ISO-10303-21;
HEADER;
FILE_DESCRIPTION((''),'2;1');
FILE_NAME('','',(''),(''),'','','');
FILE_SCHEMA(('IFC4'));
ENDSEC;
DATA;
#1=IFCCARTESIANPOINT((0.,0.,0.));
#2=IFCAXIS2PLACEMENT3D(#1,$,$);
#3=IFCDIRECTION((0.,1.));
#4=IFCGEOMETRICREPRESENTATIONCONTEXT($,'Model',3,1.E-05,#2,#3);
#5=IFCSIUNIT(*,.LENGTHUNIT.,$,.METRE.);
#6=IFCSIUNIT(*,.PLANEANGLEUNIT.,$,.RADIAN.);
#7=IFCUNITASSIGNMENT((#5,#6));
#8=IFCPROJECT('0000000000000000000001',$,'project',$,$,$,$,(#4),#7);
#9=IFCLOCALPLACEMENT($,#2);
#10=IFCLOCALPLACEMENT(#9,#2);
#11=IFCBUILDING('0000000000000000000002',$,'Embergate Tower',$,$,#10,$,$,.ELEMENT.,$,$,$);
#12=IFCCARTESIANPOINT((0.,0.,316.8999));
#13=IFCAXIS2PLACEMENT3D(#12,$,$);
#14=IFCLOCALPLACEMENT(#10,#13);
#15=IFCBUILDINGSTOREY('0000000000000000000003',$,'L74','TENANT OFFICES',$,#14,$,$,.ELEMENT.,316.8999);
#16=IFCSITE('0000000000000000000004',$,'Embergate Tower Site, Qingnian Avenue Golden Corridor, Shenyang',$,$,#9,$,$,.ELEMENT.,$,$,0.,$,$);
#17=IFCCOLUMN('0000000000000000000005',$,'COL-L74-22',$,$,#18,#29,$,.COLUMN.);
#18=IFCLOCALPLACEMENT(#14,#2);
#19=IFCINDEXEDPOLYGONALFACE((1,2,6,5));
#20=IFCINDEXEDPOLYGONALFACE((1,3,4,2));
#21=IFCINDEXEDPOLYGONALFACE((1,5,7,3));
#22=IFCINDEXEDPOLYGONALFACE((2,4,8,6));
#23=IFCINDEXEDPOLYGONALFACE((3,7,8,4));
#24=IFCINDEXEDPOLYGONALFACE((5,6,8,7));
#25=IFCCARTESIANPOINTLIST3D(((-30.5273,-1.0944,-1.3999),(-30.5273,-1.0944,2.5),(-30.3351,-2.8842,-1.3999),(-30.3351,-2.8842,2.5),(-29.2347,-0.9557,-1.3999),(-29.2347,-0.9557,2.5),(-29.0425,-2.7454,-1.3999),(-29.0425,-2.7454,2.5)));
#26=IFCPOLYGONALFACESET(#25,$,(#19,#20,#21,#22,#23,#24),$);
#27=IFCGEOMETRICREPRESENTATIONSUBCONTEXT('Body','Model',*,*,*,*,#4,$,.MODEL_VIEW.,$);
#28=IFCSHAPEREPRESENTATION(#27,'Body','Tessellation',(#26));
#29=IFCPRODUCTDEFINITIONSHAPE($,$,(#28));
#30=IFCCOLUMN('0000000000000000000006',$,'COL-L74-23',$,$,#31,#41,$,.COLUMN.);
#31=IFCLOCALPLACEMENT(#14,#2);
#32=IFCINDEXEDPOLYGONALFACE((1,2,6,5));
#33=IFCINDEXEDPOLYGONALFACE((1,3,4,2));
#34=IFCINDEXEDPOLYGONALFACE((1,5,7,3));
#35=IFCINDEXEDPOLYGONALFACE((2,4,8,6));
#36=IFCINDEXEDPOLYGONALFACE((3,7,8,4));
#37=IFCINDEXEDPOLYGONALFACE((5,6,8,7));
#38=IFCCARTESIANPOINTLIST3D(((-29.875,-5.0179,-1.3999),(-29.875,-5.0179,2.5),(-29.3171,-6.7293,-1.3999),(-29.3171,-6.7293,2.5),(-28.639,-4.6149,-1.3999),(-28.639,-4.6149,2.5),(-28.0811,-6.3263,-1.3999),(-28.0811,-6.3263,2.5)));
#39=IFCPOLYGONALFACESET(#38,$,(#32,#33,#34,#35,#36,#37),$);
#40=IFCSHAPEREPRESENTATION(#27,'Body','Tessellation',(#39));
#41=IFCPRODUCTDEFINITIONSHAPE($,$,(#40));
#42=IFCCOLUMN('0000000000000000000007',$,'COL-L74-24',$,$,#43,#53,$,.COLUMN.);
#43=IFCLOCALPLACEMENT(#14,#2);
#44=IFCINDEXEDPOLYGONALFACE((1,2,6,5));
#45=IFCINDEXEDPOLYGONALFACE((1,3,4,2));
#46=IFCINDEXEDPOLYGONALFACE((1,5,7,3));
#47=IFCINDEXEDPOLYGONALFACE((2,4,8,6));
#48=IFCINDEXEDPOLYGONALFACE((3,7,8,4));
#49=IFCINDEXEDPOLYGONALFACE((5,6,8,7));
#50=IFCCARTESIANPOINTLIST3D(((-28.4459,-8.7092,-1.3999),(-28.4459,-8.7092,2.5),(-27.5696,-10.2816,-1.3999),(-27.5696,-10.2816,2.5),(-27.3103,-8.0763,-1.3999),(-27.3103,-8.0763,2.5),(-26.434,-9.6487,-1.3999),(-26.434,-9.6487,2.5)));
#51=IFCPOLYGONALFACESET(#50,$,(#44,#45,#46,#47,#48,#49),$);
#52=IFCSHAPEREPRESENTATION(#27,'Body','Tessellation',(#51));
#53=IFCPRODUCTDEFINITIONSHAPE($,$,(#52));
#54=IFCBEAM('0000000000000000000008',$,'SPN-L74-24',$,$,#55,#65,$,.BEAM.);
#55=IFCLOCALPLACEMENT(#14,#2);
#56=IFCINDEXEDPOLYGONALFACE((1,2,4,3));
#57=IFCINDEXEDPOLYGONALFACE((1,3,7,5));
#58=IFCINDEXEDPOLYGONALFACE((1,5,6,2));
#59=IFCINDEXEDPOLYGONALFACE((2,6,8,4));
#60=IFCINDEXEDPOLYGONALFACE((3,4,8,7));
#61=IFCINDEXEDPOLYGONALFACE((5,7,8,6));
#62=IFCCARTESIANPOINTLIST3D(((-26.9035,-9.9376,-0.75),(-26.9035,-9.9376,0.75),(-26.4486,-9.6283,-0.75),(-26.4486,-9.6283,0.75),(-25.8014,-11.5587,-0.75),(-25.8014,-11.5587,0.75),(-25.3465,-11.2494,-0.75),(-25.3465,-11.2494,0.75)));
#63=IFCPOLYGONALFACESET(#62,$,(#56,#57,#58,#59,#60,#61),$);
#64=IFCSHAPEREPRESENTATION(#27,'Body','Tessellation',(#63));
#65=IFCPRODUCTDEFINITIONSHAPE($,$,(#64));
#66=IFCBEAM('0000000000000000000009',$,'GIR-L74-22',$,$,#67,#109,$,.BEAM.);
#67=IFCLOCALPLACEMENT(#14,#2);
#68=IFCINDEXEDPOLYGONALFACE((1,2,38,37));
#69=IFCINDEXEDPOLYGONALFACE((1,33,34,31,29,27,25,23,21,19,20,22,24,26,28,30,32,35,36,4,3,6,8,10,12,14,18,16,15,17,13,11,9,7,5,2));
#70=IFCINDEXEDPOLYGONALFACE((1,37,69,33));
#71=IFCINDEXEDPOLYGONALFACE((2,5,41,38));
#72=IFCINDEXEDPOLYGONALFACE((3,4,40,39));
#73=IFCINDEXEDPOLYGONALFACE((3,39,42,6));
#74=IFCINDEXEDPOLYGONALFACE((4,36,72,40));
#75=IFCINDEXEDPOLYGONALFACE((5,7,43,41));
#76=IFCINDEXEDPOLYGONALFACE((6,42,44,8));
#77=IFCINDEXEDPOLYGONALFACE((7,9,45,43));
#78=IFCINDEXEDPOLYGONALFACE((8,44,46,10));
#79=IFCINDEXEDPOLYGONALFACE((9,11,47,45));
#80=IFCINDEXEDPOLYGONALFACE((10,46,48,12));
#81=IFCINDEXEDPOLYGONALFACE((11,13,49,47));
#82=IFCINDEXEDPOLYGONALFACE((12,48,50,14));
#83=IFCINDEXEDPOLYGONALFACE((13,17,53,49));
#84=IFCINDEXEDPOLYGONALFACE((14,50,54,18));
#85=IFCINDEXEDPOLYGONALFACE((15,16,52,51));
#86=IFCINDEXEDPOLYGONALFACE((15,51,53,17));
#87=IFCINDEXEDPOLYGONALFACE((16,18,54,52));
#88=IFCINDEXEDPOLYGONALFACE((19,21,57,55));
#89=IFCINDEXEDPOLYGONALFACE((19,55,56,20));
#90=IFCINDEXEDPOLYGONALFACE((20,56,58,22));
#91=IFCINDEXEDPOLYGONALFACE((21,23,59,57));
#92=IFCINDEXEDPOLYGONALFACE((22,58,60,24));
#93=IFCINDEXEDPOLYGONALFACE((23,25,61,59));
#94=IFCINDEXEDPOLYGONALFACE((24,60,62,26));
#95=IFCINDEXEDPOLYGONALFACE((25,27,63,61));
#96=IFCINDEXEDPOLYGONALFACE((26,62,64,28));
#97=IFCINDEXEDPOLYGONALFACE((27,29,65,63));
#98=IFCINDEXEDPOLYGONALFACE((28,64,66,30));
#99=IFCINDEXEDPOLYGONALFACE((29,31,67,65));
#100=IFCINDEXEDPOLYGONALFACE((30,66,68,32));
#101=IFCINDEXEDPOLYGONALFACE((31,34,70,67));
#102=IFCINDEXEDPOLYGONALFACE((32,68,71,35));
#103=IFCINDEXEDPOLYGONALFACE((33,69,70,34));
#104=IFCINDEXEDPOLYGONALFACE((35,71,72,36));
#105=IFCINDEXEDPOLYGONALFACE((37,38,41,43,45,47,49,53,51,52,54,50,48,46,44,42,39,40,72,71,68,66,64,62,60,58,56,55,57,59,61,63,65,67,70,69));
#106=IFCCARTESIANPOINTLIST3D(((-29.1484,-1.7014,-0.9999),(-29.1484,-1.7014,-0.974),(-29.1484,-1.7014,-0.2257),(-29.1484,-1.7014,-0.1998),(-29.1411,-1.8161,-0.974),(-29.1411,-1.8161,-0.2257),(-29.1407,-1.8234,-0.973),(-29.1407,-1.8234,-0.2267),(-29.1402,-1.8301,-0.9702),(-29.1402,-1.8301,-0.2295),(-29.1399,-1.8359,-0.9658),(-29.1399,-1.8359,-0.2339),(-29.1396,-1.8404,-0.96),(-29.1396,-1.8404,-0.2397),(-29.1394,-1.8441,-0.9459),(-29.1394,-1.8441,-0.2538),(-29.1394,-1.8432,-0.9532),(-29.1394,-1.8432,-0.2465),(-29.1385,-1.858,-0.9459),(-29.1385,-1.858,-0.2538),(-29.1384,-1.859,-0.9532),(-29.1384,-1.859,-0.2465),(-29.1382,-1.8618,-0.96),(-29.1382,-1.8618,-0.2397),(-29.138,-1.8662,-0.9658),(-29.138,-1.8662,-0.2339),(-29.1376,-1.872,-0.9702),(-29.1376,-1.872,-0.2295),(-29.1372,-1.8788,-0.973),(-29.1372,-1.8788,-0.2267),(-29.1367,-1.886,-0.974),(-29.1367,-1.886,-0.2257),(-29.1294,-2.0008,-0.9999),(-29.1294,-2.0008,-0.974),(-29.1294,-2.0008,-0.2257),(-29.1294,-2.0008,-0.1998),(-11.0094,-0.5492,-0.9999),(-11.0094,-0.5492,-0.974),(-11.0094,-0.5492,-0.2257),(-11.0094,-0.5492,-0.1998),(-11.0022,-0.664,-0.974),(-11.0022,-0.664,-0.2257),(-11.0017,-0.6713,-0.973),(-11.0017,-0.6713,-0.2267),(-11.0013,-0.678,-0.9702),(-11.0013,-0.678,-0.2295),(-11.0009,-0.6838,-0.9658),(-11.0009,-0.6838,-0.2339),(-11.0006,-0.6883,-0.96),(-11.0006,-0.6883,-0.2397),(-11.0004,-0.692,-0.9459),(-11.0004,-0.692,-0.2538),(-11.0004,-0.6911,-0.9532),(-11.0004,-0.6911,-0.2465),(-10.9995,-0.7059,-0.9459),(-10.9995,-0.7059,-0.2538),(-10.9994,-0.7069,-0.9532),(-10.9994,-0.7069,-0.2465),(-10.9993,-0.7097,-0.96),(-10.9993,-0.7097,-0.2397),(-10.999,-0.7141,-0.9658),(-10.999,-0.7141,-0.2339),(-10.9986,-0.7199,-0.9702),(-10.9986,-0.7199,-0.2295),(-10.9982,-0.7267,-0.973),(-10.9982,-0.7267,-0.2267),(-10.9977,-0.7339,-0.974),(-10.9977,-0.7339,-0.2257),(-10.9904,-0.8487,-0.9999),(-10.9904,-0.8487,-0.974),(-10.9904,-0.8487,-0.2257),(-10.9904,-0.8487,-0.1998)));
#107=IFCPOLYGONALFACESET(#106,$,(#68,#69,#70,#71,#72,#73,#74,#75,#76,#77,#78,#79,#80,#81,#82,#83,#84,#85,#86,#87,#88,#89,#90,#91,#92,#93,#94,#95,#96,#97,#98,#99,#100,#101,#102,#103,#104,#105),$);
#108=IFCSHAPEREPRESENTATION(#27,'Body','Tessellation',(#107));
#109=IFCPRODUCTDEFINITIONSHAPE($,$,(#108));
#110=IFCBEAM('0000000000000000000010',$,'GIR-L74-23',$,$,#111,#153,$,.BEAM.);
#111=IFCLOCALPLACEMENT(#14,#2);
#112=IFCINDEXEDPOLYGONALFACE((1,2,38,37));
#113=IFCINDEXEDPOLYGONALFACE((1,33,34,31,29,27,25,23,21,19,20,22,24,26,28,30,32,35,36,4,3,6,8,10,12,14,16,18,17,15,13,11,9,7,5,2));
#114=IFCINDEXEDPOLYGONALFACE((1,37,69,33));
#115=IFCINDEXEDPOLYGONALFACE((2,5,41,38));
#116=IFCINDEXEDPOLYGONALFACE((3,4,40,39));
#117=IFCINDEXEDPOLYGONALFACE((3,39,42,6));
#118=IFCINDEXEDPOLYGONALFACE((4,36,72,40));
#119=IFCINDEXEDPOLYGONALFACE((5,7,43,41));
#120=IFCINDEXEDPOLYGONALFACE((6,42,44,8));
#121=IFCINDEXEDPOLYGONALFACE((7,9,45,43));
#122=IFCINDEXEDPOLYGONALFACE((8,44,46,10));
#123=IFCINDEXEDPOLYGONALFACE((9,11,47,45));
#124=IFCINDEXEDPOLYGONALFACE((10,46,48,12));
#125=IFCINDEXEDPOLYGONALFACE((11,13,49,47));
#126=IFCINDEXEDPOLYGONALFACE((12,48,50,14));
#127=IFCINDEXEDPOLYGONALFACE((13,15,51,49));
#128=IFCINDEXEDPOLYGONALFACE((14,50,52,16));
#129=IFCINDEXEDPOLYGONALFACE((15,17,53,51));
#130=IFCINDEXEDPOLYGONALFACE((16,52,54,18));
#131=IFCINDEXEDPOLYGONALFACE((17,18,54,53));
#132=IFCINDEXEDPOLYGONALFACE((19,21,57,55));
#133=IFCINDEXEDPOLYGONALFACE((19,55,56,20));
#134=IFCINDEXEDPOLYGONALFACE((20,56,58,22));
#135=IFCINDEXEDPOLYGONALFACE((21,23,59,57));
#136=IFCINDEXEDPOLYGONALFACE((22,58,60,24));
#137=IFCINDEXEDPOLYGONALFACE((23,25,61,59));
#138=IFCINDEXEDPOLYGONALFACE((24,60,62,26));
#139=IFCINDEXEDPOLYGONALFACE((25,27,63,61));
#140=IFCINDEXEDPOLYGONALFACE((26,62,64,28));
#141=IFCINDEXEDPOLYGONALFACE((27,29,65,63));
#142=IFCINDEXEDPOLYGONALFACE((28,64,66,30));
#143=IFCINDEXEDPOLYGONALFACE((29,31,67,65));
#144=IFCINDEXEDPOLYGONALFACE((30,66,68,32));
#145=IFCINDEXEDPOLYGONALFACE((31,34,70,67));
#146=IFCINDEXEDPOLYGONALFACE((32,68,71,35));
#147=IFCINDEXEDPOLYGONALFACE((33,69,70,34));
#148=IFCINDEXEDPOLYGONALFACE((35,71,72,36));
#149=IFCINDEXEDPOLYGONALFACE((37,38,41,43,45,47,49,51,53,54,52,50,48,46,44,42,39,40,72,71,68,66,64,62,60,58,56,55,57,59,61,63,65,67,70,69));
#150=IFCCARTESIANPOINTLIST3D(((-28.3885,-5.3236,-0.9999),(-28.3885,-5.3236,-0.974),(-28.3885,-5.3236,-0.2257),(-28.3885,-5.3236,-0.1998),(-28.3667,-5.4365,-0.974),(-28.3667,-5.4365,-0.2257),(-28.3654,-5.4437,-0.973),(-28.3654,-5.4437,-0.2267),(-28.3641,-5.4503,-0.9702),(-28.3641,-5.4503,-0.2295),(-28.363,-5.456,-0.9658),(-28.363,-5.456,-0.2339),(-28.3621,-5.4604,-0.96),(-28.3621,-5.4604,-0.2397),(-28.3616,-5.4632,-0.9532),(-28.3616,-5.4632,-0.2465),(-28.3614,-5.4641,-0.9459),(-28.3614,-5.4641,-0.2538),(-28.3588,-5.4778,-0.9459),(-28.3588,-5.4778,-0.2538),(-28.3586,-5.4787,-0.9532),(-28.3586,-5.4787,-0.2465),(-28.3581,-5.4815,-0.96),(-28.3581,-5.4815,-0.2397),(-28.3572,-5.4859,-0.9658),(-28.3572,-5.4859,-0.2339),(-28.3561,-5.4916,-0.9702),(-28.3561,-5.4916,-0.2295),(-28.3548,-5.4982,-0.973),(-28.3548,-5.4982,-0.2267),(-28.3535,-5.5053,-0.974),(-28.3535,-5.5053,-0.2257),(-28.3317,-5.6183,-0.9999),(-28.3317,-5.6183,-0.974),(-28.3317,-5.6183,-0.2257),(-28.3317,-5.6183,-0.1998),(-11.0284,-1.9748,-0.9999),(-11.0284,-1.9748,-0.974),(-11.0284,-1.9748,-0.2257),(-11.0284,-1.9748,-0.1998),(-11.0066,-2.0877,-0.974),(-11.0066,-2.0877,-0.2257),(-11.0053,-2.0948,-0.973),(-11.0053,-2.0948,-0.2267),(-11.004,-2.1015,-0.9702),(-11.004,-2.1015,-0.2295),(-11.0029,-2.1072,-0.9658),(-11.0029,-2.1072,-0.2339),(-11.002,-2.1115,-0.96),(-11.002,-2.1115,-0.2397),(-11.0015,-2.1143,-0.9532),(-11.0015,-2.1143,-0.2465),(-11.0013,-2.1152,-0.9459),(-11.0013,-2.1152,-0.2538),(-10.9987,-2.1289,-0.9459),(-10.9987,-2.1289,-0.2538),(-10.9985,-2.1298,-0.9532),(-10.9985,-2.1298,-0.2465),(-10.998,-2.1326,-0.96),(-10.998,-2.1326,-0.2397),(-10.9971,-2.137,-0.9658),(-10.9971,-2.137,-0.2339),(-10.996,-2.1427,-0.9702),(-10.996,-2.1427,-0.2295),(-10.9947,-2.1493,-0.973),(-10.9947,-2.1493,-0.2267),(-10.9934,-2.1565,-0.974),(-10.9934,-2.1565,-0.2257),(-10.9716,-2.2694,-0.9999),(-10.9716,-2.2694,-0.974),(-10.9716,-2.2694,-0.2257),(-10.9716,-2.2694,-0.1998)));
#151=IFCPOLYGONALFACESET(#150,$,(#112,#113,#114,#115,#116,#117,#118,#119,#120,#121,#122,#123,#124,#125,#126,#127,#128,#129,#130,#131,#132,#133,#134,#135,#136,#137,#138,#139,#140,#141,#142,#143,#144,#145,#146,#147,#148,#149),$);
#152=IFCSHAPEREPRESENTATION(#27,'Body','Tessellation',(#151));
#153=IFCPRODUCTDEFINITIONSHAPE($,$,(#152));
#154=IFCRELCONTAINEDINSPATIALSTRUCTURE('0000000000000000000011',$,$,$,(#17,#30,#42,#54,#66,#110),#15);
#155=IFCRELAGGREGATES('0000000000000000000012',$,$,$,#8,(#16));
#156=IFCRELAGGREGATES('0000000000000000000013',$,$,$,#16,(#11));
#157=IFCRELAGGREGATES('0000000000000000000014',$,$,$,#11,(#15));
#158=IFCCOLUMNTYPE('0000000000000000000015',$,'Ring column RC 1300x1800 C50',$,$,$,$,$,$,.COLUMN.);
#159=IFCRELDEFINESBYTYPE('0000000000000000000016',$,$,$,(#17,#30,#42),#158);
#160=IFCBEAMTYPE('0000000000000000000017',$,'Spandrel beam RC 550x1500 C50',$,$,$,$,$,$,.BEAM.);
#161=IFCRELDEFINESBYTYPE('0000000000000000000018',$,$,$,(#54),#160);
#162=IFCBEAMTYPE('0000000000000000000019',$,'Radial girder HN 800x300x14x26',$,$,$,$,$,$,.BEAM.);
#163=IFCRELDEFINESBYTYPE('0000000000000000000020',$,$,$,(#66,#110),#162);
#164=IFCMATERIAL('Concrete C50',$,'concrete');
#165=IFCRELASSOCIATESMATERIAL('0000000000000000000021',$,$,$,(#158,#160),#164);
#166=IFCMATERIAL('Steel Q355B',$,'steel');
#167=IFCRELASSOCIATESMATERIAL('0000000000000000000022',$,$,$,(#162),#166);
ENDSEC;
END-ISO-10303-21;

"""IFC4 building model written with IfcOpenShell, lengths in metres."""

from ifc_helpers import new_model, si_unit, direction, frame, origin, origin_2d, place, context, subcontext, project, spatial, rectangle, i_section, extrude, source, transform, mapped, material, material_profile, profile_set, type_object, element, save


model = new_model("IFC4")

# Units and contexts
model_context = context("Model", 3, precision=1e-05, world=origin(), true_north=direction((0.0, 1.0)))
body_context = subcontext(model_context, "Body", "Model", "MODEL_VIEW")
ifc_project = project(units=[si_unit("LENGTHUNIT", "METRE"), si_unit("PLANEANGLEUNIT", "RADIAN")], contexts=[model_context])

# Site, building, storey
site_placement = place(None, origin())
site = spatial("IfcSite", under=ifc_project, at=site_placement, Name="Embergate Tower Site, Qingnian Avenue Golden Corridor, Shenyang", CompositionType="ELEMENT", RefElevation=0.0)
building_placement = place(site_placement, origin())
building = spatial("IfcBuilding", under=site, at=building_placement, Name="Embergate Tower", CompositionType="ELEMENT")
storey_placement = place(building_placement, frame((0.0, 0.0, 316.8999)))
storey = spatial("IfcBuildingStorey", under=building, at=storey_placement, Name="L74", Description="TENANT OFFICES", CompositionType="ELEMENT", Elevation=316.8999)

# Columns
ifc_material_1 = material(Name="Concrete C50", Category="concrete")
ifc_material_profile_1 = material_profile(ifc_material_1, rectangle(XDim=1.3, YDim=1.8, at=origin_2d()), Name="RC 1300x1800")
ifc_profile_set_1 = profile_set([ifc_material_profile_1], Name="Concrete C50")
column_type = type_object("IfcColumnType", Name="Ring column RC 1300x1800 C50", PredefinedType="COLUMN", material=ifc_profile_set_1)
shared_shape_1 = source(origin(), body_context, "Body", "SweptSolid", [
    extrude(rectangle(XDim=1.3, YDim=1.8, at=origin_2d()), origin(), (0.0, 0.0, 1.0), 3.8999),
])
for number, where, z_axis, x_axis, name in (
    (1, (-29.7849, -1.9199, -1.3999), (0.0, 0.0, 1.0), (-0.994286, -0.10675, 0.0), "COL-L74-22"),
    (2, (-28.978, -5.6721, -1.3999), (0.0, 0.0, 1.0), (-0.950754, -0.309946, 0.0), "COL-L74-23"),
    (3, (-27.4399, -9.179, -1.3999), (0.0, 0.0, 1.0), (-0.8735, -0.486823, 0.0), "COL-L74-24"),
):
    element("IfcColumn", number, at=place(storey_placement, frame(where, z_axis=z_axis, x_axis=x_axis)), inside=storey, type_object=column_type, Name=name, PredefinedType="COLUMN", context=body_context, shape_type="MappedRepresentation", body=[
        mapped(shared_shape_1, transform((0.0, 0.0, 0.0))),
    ])

# Beams
ifc_material_profile_2 = material_profile(ifc_material_1, rectangle(XDim=0.55, YDim=1.5, at=origin_2d()), Name="RC 550x1500")
ifc_profile_set_2 = profile_set([ifc_material_profile_2], Name="Concrete C50")
beam_type_1 = type_object("IfcBeamType", Name="Spandrel beam RC 550x1500 C50", PredefinedType="BEAM", material=ifc_profile_set_2)
shared_shape_2 = source(origin(), body_context, "Body", "SweptSolid", [
    extrude(rectangle(XDim=0.55, YDim=1.5, at=origin_2d()), origin(), (0.0, 0.0, 1.0), 1.9602),
])
beam_1_placement = place(storey_placement, frame((-26.676, -9.783, 0.0), z_axis=(0.562208, -0.826996, 0.0), x_axis=(0.826996, 0.562208, 0.0)))
element("IfcBeam", 4, at=beam_1_placement, inside=storey, type_object=beam_type_1, Name="SPN-L74-24", PredefinedType="BEAM", context=body_context, shape_type="MappedRepresentation", body=[
    mapped(shared_shape_2, transform((0.0, 0.0, 0.0))),
])
ifc_material_2 = material(Name="Steel Q355B", Category="steel")
ifc_material_profile_3 = material_profile(ifc_material_2, i_section(OverallWidth=0.3, OverallDepth=0.8, WebThickness=0.0139, FlangeThickness=0.0259, FilletRadius=0.0281, at=origin_2d()), Name="HN 800x300x14x26")
ifc_profile_set_3 = profile_set([ifc_material_profile_3], Name="Steel Q355 grade B")
beam_type_2 = type_object("IfcBeamType", Name="Radial girder HN 800x300x14x26", PredefinedType="BEAM", material=ifc_profile_set_3)
shared_shape_3 = source(origin(), body_context, "Body", "SweptSolid", [
    extrude(i_section(OverallWidth=0.3, OverallDepth=0.8, WebThickness=0.0139, FlangeThickness=0.0259, FilletRadius=0.0281, at=origin_2d()), origin(), (0.0, 0.0, 1.0), 18.1755),
])
beam_2_placement = place(storey_placement, frame((-29.1389, -1.8511, -0.5999), z_axis=(0.997989, 0.063388, 0.0), x_axis=(-0.063388, 0.997989, 0.0)))
element("IfcBeam", 5, at=beam_2_placement, inside=storey, type_object=beam_type_2, Name="GIR-L74-22", PredefinedType="BEAM", context=body_context, shape_type="MappedRepresentation", body=[
    mapped(shared_shape_3, transform((0.0, 0.0, 0.0))),
])
shared_shape_4 = source(origin(), body_context, "Body", "SweptSolid", [
    extrude(i_section(OverallWidth=0.3, OverallDepth=0.8, WebThickness=0.0139, FlangeThickness=0.0259, FilletRadius=0.0281, at=origin_2d()), origin(), (0.0, 0.0, 1.0), 17.6802),
])
beam_3_placement = place(storey_placement, frame((-28.3601, -5.4709, -0.5999), z_axis=(0.981897, 0.189414, 0.0), x_axis=(-0.189414, 0.981897, 0.0)))
element("IfcBeam", 6, at=beam_3_placement, inside=storey, type_object=beam_type_2, Name="GIR-L74-23", PredefinedType="BEAM", context=body_context, shape_type="MappedRepresentation", body=[
    mapped(shared_shape_4, transform((0.0, 0.0, 0.0))),
])

save(model, "model.ifc")
